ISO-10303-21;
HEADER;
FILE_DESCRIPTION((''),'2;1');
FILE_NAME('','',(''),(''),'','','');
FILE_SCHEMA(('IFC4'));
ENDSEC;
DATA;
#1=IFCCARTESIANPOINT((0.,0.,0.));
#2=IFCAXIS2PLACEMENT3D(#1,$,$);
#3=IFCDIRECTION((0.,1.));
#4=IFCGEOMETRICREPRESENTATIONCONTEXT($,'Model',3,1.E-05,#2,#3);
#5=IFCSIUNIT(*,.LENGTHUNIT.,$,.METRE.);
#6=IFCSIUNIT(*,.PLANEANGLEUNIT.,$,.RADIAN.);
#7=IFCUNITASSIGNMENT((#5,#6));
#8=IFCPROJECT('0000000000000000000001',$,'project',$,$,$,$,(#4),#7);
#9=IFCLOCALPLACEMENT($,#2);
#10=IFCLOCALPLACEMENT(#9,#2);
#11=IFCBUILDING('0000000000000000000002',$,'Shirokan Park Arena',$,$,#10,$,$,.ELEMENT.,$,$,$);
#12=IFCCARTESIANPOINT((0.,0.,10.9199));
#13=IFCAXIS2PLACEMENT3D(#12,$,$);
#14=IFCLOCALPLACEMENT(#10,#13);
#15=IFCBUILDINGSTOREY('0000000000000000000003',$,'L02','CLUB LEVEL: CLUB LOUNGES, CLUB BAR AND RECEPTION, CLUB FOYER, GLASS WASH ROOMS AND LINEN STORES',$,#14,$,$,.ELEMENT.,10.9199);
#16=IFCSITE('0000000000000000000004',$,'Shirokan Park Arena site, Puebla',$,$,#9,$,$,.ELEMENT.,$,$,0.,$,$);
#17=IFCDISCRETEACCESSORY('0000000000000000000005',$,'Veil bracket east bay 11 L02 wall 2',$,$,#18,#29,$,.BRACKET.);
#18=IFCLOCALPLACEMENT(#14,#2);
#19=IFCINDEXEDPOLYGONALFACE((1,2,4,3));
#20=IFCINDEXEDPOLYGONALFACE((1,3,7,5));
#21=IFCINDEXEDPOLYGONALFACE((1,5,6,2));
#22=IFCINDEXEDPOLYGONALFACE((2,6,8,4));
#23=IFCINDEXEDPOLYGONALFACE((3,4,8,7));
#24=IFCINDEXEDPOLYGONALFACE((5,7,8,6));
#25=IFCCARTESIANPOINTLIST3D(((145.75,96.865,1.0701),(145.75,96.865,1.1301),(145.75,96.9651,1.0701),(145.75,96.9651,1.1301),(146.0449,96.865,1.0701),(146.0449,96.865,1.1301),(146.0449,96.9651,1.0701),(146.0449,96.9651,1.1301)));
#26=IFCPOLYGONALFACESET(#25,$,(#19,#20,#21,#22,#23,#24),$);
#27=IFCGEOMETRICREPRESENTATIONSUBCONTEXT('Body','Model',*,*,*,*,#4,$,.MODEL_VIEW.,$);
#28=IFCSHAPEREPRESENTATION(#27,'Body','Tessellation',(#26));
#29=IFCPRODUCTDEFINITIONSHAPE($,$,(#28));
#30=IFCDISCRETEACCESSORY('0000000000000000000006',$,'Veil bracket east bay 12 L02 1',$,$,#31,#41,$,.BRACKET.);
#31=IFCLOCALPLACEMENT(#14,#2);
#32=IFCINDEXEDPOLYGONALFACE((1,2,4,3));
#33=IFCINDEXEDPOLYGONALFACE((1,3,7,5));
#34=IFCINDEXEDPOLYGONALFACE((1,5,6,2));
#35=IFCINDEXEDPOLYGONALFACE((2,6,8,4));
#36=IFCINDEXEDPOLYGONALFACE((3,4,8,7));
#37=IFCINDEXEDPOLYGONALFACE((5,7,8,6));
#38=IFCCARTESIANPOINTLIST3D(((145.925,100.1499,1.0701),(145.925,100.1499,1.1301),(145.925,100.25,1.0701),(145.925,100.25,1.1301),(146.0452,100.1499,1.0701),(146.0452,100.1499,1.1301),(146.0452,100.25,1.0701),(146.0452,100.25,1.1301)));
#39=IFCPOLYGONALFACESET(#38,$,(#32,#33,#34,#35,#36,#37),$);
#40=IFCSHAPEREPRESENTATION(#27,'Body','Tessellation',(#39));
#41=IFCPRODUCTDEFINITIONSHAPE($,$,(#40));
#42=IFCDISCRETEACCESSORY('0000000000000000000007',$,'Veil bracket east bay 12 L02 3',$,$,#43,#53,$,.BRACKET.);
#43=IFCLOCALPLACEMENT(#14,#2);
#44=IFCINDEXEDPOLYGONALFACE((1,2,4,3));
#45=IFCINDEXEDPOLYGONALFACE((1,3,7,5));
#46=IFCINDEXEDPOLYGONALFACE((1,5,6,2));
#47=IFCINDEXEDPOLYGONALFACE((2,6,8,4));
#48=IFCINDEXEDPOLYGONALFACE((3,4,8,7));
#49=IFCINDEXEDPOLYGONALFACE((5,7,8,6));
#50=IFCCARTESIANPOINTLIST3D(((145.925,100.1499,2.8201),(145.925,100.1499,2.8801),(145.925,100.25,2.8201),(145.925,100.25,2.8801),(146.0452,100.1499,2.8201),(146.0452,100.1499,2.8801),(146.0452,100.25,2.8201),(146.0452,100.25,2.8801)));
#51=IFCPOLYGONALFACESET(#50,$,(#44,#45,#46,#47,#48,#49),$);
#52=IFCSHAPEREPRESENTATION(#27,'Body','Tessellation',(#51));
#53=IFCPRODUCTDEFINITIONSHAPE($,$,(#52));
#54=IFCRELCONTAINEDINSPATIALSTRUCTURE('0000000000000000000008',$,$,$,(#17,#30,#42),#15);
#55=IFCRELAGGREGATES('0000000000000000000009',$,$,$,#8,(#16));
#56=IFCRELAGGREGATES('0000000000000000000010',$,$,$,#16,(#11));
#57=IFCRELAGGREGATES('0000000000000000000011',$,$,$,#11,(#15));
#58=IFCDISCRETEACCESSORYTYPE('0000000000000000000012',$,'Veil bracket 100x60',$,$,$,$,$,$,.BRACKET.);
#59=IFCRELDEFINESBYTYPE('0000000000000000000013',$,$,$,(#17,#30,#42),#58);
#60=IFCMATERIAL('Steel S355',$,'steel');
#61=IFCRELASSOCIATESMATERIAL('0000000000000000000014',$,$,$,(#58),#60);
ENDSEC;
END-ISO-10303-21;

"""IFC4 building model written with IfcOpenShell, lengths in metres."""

from ifc_helpers import new_model, si_unit, direction, frame, origin, origin_2d, place, context, subcontext, project, spatial, rectangle, extrude, material, type_object, element, save


model = new_model("IFC4")

# Units and contexts
model_context = context("Model", 3, precision=1e-05, world=origin(), true_north=direction((0.0, 1.0)))
body_context = subcontext(model_context, "Body", "Model", "MODEL_VIEW")
ifc_project = project(units=[si_unit("LENGTHUNIT", "METRE"), si_unit("PLANEANGLEUNIT", "RADIAN")], contexts=[model_context])

# Site, building, storey
site_placement = place(None, origin())
site = spatial("IfcSite", under=ifc_project, at=site_placement, Name="Shirokan Park Arena site, Puebla", CompositionType="ELEMENT", RefElevation=0.0)
building_placement = place(site_placement, origin())
building = spatial("IfcBuilding", under=site, at=building_placement, Name="Shirokan Park Arena", CompositionType="ELEMENT")
storey_placement = place(building_placement, frame((0.0, 0.0, 10.9199)))
storey = spatial("IfcBuildingStorey", under=building, at=storey_placement, Name="L02", Description="CLUB LEVEL: CLUB LOUNGES, CLUB BAR AND RECEPTION, CLUB FOYER, GLASS WASH ROOMS AND LINEN STORES", CompositionType="ELEMENT", Elevation=10.9199)

# Discrete accessories
ifc_material_1 = material(Name="Steel S355", Category="steel")
discrete_accessory_type = type_object("IfcDiscreteAccessoryType", Name="Veil bracket 100x60", PredefinedType="BRACKET", material=ifc_material_1)
for number, where, z_axis, x_axis, name in (
    (1, (145.8975, 96.915, 1.0701), (0.0, 0.0, 1.0), (0.0, 1.0, 0.0), "Veil bracket east bay 11 L02 wall 2"),
):
    element("IfcDiscreteAccessory", number, at=place(storey_placement, frame(where, z_axis=z_axis, x_axis=x_axis)), inside=storey, type_object=discrete_accessory_type, Name=name, PredefinedType="BRACKET", context=body_context, shape_type="SweptSolid", body=[
        extrude(rectangle(XDim=0.1001, YDim=0.2949, at=origin_2d()), origin(), (0.0, 0.0, 1.0), 0.0601),
    ])
for number, where, z_axis, x_axis, name in (
    (2, (145.9851, 100.2, 1.0701), (0.0, 0.0, 1.0), (0.0, 1.0, 0.0), "Veil bracket east bay 12 L02 1"),
    (3, (145.9851, 100.2, 2.8201), (0.0, 0.0, 1.0), (0.0, 1.0, 0.0), "Veil bracket east bay 12 L02 3"),
):
    element("IfcDiscreteAccessory", number, at=place(storey_placement, frame(where, z_axis=z_axis, x_axis=x_axis)), inside=storey, type_object=discrete_accessory_type, Name=name, PredefinedType="BRACKET", context=body_context, shape_type="SweptSolid", body=[
        extrude(rectangle(XDim=0.1001, YDim=0.1201, at=origin_2d()), origin(), (0.0, 0.0, 1.0), 0.0601),
    ])

save(model, "model.ifc")
